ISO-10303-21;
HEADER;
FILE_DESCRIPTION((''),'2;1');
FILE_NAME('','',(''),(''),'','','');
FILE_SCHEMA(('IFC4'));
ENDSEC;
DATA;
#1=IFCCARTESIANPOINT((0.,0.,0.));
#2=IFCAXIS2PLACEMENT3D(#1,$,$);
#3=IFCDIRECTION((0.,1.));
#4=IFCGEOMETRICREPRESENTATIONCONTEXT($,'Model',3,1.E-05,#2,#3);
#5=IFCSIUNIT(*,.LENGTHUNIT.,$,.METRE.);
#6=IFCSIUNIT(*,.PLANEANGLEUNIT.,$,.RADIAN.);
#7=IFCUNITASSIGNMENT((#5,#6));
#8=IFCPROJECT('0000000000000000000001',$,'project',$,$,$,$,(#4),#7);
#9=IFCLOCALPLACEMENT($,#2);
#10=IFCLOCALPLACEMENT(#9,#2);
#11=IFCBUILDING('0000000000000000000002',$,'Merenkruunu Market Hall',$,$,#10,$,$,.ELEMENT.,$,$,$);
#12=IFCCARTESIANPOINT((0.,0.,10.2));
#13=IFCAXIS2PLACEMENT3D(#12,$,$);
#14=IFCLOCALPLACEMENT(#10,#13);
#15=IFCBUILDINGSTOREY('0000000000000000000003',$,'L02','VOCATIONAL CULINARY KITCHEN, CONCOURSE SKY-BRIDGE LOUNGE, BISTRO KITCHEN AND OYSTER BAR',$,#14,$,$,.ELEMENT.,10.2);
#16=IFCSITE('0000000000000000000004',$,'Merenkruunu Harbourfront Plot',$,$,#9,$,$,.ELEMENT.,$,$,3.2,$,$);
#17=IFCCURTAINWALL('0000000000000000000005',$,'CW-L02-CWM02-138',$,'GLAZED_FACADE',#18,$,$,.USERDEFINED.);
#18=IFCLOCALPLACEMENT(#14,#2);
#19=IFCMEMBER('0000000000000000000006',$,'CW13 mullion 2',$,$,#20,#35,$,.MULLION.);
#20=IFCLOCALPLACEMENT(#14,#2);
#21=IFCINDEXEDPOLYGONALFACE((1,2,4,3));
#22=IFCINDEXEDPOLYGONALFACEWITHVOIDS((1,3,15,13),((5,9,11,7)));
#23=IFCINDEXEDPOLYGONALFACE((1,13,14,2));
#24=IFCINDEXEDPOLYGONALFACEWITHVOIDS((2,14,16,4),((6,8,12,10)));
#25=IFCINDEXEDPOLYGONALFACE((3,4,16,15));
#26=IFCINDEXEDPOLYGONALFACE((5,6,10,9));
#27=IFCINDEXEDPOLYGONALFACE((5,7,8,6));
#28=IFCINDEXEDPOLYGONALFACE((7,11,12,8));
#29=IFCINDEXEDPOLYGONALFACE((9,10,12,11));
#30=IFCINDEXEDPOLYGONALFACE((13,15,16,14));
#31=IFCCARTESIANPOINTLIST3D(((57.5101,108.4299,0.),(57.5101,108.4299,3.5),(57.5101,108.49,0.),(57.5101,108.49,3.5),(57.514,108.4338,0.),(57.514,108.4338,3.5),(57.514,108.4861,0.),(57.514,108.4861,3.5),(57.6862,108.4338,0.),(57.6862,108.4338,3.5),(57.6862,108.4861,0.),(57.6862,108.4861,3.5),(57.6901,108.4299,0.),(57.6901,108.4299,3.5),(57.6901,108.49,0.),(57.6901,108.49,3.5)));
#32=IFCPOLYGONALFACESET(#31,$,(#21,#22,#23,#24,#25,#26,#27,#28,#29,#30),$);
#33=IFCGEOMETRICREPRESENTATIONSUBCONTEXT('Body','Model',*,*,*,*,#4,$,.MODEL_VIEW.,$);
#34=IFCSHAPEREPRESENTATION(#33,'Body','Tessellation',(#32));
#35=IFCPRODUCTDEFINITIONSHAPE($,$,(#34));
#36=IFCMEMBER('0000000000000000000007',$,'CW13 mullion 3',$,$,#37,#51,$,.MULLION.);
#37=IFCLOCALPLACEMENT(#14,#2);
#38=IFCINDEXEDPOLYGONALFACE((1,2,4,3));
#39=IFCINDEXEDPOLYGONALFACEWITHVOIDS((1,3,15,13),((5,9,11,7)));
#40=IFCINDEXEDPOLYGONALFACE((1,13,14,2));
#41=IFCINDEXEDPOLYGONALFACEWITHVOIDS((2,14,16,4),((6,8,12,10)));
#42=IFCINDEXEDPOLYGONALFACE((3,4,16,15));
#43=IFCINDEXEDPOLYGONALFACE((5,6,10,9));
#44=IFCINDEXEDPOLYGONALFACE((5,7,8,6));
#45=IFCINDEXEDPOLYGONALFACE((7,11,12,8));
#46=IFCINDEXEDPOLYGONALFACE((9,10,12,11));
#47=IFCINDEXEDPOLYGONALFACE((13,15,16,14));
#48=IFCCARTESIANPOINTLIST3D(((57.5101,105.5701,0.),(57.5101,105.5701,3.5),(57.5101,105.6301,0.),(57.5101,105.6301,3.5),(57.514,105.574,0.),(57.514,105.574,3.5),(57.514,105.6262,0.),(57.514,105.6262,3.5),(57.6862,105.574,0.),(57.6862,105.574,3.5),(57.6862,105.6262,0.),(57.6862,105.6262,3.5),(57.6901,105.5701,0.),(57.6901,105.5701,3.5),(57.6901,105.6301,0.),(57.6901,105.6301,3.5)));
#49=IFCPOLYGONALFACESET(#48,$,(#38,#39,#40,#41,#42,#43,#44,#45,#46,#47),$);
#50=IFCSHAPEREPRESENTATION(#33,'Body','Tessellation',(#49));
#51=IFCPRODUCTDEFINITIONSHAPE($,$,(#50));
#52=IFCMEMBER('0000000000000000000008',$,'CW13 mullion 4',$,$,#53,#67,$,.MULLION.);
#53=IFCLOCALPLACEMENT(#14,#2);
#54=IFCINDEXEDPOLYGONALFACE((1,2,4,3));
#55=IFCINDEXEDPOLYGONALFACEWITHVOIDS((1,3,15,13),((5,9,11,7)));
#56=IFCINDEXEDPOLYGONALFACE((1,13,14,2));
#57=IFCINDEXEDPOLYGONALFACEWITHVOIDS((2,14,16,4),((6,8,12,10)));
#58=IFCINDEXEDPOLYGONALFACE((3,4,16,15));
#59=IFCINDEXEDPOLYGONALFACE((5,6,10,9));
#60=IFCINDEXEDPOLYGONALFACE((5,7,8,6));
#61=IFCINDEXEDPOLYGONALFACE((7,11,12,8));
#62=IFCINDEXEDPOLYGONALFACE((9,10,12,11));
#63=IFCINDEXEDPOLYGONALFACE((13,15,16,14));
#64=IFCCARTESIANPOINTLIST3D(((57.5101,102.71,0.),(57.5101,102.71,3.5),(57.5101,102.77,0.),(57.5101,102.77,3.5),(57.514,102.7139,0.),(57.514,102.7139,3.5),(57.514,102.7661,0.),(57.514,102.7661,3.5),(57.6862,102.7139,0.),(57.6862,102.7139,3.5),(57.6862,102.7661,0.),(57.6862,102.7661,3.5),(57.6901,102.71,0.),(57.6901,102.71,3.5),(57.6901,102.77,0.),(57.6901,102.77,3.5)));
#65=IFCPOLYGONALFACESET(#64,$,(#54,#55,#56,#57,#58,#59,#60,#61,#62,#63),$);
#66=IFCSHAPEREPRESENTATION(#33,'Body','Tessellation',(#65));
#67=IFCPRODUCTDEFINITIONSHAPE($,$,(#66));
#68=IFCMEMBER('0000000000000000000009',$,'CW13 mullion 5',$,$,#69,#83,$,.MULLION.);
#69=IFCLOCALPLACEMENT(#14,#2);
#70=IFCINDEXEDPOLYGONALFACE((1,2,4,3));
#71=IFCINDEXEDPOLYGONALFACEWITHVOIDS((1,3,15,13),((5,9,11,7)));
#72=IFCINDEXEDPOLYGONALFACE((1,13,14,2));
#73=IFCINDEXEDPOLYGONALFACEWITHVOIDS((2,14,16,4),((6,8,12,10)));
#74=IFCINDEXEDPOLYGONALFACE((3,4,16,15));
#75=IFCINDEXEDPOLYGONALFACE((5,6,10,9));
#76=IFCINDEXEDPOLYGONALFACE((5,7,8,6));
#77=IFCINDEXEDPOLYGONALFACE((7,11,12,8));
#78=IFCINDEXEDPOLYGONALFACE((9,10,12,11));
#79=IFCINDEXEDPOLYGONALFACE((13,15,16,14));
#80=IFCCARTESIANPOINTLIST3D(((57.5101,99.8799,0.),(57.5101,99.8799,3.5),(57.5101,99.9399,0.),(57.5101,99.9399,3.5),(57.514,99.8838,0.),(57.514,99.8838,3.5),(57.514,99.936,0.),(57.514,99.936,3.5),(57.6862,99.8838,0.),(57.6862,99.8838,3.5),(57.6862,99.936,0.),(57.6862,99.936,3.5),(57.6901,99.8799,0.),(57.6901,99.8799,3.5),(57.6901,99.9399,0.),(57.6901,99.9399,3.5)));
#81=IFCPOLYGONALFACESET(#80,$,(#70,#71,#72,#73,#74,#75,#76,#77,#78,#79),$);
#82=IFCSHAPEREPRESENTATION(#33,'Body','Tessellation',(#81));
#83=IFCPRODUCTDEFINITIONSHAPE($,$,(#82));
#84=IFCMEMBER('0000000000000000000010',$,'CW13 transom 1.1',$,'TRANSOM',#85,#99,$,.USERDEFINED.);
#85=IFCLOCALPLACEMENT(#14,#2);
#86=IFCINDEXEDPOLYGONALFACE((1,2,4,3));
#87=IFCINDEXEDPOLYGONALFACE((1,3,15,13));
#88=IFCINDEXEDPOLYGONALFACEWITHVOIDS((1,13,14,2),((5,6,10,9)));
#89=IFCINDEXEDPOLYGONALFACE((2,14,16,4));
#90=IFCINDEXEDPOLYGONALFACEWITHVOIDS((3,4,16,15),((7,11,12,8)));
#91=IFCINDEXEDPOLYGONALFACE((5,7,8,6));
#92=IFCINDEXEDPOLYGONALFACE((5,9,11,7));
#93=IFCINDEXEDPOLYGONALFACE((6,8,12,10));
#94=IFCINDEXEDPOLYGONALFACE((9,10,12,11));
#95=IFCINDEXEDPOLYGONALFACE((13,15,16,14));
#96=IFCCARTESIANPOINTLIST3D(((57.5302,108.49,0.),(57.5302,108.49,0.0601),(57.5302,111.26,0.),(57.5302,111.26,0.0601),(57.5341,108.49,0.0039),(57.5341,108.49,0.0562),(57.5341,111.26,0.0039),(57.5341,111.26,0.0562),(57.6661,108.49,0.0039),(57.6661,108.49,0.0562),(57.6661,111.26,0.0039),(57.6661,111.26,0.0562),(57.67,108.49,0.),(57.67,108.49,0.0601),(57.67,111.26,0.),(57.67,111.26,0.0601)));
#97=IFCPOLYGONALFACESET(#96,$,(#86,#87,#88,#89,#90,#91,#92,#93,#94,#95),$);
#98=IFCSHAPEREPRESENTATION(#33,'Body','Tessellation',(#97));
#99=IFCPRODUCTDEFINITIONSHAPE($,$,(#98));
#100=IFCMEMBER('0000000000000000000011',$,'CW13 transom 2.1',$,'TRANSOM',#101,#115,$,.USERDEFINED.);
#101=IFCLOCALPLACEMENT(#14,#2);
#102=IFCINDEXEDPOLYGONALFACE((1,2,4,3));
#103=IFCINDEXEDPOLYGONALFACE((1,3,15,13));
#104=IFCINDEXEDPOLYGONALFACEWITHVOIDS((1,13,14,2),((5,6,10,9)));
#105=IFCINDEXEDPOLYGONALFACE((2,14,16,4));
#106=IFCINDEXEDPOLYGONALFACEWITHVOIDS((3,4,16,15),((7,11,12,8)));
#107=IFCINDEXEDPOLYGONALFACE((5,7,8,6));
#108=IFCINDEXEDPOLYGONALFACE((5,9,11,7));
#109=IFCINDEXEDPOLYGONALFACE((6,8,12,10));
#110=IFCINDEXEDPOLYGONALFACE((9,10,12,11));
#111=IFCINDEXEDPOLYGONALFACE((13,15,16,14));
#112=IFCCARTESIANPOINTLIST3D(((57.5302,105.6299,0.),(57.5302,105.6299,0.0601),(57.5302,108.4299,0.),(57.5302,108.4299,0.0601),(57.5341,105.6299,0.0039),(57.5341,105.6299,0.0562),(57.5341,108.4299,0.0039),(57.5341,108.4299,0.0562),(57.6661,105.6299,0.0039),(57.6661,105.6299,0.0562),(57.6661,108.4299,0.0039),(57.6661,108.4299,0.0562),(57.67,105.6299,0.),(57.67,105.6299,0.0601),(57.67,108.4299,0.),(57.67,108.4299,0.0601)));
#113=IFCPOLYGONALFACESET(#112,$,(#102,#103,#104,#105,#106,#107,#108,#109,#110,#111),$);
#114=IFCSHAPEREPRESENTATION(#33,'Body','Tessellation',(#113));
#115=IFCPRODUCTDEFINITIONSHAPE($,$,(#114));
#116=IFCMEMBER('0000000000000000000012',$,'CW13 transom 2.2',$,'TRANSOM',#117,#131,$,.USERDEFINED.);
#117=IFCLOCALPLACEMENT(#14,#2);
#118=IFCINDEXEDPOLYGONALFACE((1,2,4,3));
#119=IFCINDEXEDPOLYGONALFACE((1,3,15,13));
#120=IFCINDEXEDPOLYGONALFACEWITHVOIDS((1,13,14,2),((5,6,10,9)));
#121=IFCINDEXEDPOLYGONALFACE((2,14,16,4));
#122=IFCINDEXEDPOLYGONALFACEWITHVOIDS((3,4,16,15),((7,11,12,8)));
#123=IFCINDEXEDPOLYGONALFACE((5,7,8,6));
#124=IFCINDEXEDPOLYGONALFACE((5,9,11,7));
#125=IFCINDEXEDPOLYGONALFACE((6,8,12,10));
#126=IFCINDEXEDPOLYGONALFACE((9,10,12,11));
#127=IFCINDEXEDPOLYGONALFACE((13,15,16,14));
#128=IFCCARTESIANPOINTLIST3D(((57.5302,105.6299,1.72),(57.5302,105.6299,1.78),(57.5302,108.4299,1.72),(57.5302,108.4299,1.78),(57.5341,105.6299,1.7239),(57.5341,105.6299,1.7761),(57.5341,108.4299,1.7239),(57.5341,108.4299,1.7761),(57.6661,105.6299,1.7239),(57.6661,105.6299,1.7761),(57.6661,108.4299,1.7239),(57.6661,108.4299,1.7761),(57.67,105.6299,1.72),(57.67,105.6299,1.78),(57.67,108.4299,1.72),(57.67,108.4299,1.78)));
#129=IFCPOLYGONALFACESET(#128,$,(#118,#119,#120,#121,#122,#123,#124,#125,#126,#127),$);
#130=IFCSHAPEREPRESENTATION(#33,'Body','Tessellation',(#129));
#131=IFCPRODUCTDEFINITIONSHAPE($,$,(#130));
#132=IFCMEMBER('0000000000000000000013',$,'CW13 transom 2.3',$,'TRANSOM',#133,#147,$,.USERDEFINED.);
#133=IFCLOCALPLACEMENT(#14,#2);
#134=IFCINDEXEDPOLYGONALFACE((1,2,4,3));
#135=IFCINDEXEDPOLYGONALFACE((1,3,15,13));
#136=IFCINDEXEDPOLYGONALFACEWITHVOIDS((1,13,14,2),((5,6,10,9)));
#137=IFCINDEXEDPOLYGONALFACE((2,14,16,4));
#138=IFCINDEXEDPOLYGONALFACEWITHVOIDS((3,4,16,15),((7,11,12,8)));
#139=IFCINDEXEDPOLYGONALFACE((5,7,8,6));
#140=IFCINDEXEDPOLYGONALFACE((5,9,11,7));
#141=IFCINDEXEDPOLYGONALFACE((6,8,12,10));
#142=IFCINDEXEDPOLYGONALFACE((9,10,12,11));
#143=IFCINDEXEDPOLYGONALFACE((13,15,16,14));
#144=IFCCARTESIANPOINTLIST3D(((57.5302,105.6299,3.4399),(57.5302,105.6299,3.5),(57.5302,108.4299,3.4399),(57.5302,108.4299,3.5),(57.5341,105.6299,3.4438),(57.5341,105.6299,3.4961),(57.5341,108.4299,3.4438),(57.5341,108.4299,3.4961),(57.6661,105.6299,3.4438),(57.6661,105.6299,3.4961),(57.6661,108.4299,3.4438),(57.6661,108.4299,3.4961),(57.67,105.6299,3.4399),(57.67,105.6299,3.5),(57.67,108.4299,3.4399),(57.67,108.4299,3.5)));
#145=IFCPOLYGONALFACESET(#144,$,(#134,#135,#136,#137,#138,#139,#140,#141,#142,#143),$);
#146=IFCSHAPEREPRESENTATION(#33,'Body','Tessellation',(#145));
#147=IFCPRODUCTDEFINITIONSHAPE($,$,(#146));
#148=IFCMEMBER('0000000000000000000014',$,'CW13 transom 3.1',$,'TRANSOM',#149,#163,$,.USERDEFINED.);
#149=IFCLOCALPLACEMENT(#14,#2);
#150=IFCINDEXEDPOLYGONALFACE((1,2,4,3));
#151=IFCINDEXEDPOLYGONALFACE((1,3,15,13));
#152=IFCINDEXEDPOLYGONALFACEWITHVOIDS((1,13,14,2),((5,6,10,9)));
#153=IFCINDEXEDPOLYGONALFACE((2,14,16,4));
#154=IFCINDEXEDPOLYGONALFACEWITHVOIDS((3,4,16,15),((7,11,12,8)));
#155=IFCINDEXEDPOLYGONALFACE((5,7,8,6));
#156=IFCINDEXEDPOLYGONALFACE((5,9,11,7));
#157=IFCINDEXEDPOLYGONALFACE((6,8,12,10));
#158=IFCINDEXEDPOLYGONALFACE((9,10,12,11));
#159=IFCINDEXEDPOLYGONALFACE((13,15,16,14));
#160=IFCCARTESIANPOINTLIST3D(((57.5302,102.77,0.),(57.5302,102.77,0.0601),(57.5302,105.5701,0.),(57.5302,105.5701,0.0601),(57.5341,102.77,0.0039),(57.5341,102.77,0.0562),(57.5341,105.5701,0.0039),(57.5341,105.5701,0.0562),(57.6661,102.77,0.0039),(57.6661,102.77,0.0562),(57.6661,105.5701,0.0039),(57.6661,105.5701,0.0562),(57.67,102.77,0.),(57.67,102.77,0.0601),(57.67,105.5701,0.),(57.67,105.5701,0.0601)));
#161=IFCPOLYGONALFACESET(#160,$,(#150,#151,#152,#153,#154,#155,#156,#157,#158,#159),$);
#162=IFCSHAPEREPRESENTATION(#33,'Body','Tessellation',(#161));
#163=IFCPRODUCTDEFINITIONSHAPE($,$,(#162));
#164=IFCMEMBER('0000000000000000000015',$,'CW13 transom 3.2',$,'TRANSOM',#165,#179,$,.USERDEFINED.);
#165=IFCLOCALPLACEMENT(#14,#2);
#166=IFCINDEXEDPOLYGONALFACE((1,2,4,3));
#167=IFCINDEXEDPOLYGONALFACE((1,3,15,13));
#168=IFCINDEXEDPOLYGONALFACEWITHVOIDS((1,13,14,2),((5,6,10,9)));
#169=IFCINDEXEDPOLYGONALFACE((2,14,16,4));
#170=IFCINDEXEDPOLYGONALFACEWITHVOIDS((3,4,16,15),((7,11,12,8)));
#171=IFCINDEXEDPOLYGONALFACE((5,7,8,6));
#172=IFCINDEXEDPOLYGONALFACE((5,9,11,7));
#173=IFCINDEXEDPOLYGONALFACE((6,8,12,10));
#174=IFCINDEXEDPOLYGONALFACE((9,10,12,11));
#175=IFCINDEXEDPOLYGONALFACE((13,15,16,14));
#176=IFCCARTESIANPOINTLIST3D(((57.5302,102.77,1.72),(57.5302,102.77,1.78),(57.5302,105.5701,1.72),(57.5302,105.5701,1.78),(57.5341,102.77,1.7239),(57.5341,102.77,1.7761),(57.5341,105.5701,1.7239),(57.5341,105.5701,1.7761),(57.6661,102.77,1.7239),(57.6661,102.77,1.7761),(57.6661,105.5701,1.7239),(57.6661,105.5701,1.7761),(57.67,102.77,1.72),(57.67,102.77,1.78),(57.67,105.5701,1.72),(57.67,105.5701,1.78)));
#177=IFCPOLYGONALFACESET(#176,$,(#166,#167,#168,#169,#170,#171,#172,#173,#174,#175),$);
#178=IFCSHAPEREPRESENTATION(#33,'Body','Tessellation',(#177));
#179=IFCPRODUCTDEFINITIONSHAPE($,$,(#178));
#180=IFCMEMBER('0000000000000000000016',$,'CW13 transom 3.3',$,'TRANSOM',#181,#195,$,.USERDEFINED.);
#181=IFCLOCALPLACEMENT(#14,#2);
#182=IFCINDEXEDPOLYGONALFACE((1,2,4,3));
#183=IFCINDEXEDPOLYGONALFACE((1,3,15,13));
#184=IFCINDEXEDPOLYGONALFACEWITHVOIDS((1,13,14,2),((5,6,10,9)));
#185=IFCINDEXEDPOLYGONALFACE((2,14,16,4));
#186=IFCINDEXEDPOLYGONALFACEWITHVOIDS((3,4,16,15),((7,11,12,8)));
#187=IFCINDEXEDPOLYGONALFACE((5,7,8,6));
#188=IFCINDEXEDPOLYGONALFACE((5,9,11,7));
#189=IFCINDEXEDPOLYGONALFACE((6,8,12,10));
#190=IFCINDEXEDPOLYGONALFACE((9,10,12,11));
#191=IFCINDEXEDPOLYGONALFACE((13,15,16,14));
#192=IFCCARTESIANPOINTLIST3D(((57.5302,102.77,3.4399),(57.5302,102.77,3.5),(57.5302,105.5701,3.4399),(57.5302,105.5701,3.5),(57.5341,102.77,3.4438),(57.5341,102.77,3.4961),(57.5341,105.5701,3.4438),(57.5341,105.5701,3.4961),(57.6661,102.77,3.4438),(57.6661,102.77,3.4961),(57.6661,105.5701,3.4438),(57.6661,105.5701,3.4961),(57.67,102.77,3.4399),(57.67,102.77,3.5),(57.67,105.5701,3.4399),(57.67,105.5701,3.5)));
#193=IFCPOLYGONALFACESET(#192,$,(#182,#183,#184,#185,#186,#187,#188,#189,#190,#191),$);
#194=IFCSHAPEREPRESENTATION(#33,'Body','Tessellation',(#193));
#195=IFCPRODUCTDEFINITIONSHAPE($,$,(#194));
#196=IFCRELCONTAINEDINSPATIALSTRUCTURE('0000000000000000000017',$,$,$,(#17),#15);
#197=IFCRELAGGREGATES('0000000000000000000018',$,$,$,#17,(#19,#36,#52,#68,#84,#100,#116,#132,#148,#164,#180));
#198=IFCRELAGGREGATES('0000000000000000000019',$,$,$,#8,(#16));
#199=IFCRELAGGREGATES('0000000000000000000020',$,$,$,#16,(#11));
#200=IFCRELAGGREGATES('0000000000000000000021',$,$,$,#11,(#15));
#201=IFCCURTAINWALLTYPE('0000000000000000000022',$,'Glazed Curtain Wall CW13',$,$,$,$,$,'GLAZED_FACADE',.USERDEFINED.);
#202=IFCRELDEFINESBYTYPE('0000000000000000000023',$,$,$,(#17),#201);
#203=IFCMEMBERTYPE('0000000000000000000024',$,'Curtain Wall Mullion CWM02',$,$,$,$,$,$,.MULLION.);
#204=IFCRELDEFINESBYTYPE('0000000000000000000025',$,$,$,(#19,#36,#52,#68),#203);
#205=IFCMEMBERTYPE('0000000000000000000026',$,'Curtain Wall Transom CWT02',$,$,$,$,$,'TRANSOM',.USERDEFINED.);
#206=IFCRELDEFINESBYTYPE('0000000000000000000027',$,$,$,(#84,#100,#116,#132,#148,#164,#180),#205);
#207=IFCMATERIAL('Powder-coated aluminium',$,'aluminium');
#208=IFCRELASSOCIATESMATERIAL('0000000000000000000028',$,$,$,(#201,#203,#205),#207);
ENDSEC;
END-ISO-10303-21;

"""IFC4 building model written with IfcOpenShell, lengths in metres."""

from ifc_helpers import new_model, si_unit, direction, frame, origin, origin_2d, place, context, subcontext, project, spatial, hollow_rectangle, extrude, material, material_profile, profile_set, type_object, element, aggregate, save


model = new_model("IFC4")

# Units and contexts
model_context = context("Model", 3, precision=1e-05, world=origin(), true_north=direction((0.0, 1.0)))
body_context = subcontext(model_context, "Body", "Model", "MODEL_VIEW")
ifc_project = project(units=[si_unit("LENGTHUNIT", "METRE"), si_unit("PLANEANGLEUNIT", "RADIAN")], contexts=[model_context])

# Site, building, storey
site_placement = place(None, origin())
site = spatial("IfcSite", under=ifc_project, at=site_placement, Name="Merenkruunu Harbourfront Plot", CompositionType="ELEMENT", RefElevation=3.2)
building_placement = place(site_placement, origin())
building = spatial("IfcBuilding", under=site, at=building_placement, Name="Merenkruunu Market Hall", CompositionType="ELEMENT")
storey_placement = place(building_placement, frame((0.0, 0.0, 10.2)))
storey = spatial("IfcBuildingStorey", under=building, at=storey_placement, Name="L02", Description="VOCATIONAL CULINARY KITCHEN, CONCOURSE SKY-BRIDGE LOUNGE, BISTRO KITCHEN AND OYSTER BAR", CompositionType="ELEMENT", Elevation=10.2)

# Curtain wall, members
ifc_material_1 = material(Name="Powder-coated aluminium", Category="aluminium")
curtain_wall_type = type_object("IfcCurtainWallType", Name="Glazed Curtain Wall CW13", ElementType="GLAZED_FACADE", PredefinedType="USERDEFINED", material=ifc_material_1)
curtain_wall_placement = place(storey_placement, origin())
curtain_wall = element("IfcCurtainWall", 1, at=curtain_wall_placement, inside=storey, type_object=curtain_wall_type, Name="CW-L02-CWM02-138", ObjectType="GLAZED_FACADE", PredefinedType="USERDEFINED")
ifc_material_profile_1 = material_profile(ifc_material_1, hollow_rectangle(XDim=0.0601, YDim=0.1799, WallThickness=0.0039, at=origin_2d()), Name="ALU 60x180x4")
ifc_profile_set_1 = profile_set([ifc_material_profile_1], Name="Powder-coated aluminium")
member_type_1 = type_object("IfcMemberType", Name="Curtain Wall Mullion CWM02", PredefinedType="MULLION", material=ifc_profile_set_1)
member_1_placement = place(storey_placement, frame((57.6001, 108.46, 0.0), z_axis=(0.0, 0.0, 1.0), x_axis=(0.0, -1.0, 0.0)))
member_1 = element("IfcMember", 2, at=member_1_placement, type_object=member_type_1, Name="CW13 mullion 2", PredefinedType="MULLION", context=body_context, shape_type="SweptSolid", body=[
    extrude(hollow_rectangle(XDim=0.0601, YDim=0.1799, WallThickness=0.0039, at=origin_2d()), origin(), (0.0, 0.0, 1.0), 3.5),
])
member_2_placement = place(storey_placement, frame((57.6001, 105.6001, 0.0), z_axis=(0.0, 0.0, 1.0), x_axis=(0.0, -1.0, 0.0)))
member_2 = element("IfcMember", 3, at=member_2_placement, type_object=member_type_1, Name="CW13 mullion 3", PredefinedType="MULLION", context=body_context, shape_type="SweptSolid", body=[
    extrude(hollow_rectangle(XDim=0.0601, YDim=0.1799, WallThickness=0.0039, at=origin_2d()), origin(), (0.0, 0.0, 1.0), 3.5),
])
member_3_placement = place(storey_placement, frame((57.6001, 102.74, 0.0), z_axis=(0.0, 0.0, 1.0), x_axis=(0.0, -1.0, 0.0)))
member_3 = element("IfcMember", 4, at=member_3_placement, type_object=member_type_1, Name="CW13 mullion 4", PredefinedType="MULLION", context=body_context, shape_type="SweptSolid", body=[
    extrude(hollow_rectangle(XDim=0.0601, YDim=0.1799, WallThickness=0.0039, at=origin_2d()), origin(), (0.0, 0.0, 1.0), 3.5),
])
member_4_placement = place(storey_placement, frame((57.6001, 99.9099, 0.0), z_axis=(0.0, 0.0, 1.0), x_axis=(0.0, -1.0, 0.0)))
member_4 = element("IfcMember", 5, at=member_4_placement, type_object=member_type_1, Name="CW13 mullion 5", PredefinedType="MULLION", context=body_context, shape_type="SweptSolid", body=[
    extrude(hollow_rectangle(XDim=0.0601, YDim=0.1799, WallThickness=0.0039, at=origin_2d()), origin(), (0.0, 0.0, 1.0), 3.5),
])
ifc_material_profile_2 = material_profile(ifc_material_1, hollow_rectangle(XDim=0.0601, YDim=0.1399, WallThickness=0.0039, at=origin_2d()), Name="ALU 60x140x4")
ifc_profile_set_2 = profile_set([ifc_material_profile_2], Name="Powder-coated aluminium")
member_type_2 = type_object("IfcMemberType", Name="Curtain Wall Transom CWT02", ElementType="TRANSOM", PredefinedType="USERDEFINED", material=ifc_profile_set_2)
member_5_placement = place(storey_placement, frame((57.6001, 111.26, 0.03), z_axis=(0.0, -1.0, 0.0), x_axis=(0.0, 0.0, 1.0)))
member_5 = element("IfcMember", 6, at=member_5_placement, type_object=member_type_2, Name="CW13 transom 1.1", ObjectType="TRANSOM", PredefinedType="USERDEFINED", context=body_context, shape_type="SweptSolid", body=[
    extrude(hollow_rectangle(XDim=0.0601, YDim=0.1399, WallThickness=0.0039, at=origin_2d()), origin(), (0.0, 0.0, 1.0), 2.77),
])
member_6_placement = place(storey_placement, frame((57.6001, 108.4299, 0.03), z_axis=(0.0, -1.0, 0.0), x_axis=(0.0, 0.0, 1.0)))
member_6 = element("IfcMember", 7, at=member_6_placement, type_object=member_type_2, Name="CW13 transom 2.1", ObjectType="TRANSOM", PredefinedType="USERDEFINED", context=body_context, shape_type="SweptSolid", body=[
    extrude(hollow_rectangle(XDim=0.0601, YDim=0.1399, WallThickness=0.0039, at=origin_2d()), origin(), (0.0, 0.0, 1.0), 2.8),
])
member_7_placement = place(storey_placement, frame((57.6001, 108.4299, 1.75), z_axis=(0.0, -1.0, 0.0), x_axis=(0.0, 0.0, 1.0)))
member_7 = element("IfcMember", 8, at=member_7_placement, type_object=member_type_2, Name="CW13 transom 2.2", ObjectType="TRANSOM", PredefinedType="USERDEFINED", context=body_context, shape_type="SweptSolid", body=[
    extrude(hollow_rectangle(XDim=0.0601, YDim=0.1399, WallThickness=0.0039, at=origin_2d()), origin(), (0.0, 0.0, 1.0), 2.8),
])
member_8_placement = place(storey_placement, frame((57.6001, 108.4299, 3.47), z_axis=(0.0, -1.0, 0.0), x_axis=(0.0, 0.0, 1.0)))
member_8 = element("IfcMember", 9, at=member_8_placement, type_object=member_type_2, Name="CW13 transom 2.3", ObjectType="TRANSOM", PredefinedType="USERDEFINED", context=body_context, shape_type="SweptSolid", body=[
    extrude(hollow_rectangle(XDim=0.0601, YDim=0.1399, WallThickness=0.0039, at=origin_2d()), origin(), (0.0, 0.0, 1.0), 2.8),
])
member_9_placement = place(storey_placement, frame((57.6001, 105.5701, 0.03), z_axis=(0.0, -1.0, 0.0), x_axis=(0.0, 0.0, 1.0)))
member_9 = element("IfcMember", 10, at=member_9_placement, type_object=member_type_2, Name="CW13 transom 3.1", ObjectType="TRANSOM", PredefinedType="USERDEFINED", context=body_context, shape_type="SweptSolid", body=[
    extrude(hollow_rectangle(XDim=0.0601, YDim=0.1399, WallThickness=0.0039, at=origin_2d()), origin(), (0.0, 0.0, 1.0), 2.8),
])
member_10_placement = place(storey_placement, frame((57.6001, 105.5701, 1.75), z_axis=(0.0, -1.0, 0.0), x_axis=(0.0, 0.0, 1.0)))
member_10 = element("IfcMember", 11, at=member_10_placement, type_object=member_type_2, Name="CW13 transom 3.2", ObjectType="TRANSOM", PredefinedType="USERDEFINED", context=body_context, shape_type="SweptSolid", body=[
    extrude(hollow_rectangle(XDim=0.0601, YDim=0.1399, WallThickness=0.0039, at=origin_2d()), origin(), (0.0, 0.0, 1.0), 2.8),
])
member_11_placement = place(storey_placement, frame((57.6001, 105.5701, 3.47), z_axis=(0.0, -1.0, 0.0), x_axis=(0.0, 0.0, 1.0)))
member_11 = element("IfcMember", 12, at=member_11_placement, type_object=member_type_2, Name="CW13 transom 3.3", ObjectType="TRANSOM", PredefinedType="USERDEFINED", context=body_context, shape_type="SweptSolid", body=[
    extrude(hollow_rectangle(XDim=0.0601, YDim=0.1399, WallThickness=0.0039, at=origin_2d()), origin(), (0.0, 0.0, 1.0), 2.8),
])

aggregate(curtain_wall, [member_1, member_2, member_3, member_4, member_5, member_6, member_7, member_8, member_9, member_10, member_11])

save(model, "model.ifc")
